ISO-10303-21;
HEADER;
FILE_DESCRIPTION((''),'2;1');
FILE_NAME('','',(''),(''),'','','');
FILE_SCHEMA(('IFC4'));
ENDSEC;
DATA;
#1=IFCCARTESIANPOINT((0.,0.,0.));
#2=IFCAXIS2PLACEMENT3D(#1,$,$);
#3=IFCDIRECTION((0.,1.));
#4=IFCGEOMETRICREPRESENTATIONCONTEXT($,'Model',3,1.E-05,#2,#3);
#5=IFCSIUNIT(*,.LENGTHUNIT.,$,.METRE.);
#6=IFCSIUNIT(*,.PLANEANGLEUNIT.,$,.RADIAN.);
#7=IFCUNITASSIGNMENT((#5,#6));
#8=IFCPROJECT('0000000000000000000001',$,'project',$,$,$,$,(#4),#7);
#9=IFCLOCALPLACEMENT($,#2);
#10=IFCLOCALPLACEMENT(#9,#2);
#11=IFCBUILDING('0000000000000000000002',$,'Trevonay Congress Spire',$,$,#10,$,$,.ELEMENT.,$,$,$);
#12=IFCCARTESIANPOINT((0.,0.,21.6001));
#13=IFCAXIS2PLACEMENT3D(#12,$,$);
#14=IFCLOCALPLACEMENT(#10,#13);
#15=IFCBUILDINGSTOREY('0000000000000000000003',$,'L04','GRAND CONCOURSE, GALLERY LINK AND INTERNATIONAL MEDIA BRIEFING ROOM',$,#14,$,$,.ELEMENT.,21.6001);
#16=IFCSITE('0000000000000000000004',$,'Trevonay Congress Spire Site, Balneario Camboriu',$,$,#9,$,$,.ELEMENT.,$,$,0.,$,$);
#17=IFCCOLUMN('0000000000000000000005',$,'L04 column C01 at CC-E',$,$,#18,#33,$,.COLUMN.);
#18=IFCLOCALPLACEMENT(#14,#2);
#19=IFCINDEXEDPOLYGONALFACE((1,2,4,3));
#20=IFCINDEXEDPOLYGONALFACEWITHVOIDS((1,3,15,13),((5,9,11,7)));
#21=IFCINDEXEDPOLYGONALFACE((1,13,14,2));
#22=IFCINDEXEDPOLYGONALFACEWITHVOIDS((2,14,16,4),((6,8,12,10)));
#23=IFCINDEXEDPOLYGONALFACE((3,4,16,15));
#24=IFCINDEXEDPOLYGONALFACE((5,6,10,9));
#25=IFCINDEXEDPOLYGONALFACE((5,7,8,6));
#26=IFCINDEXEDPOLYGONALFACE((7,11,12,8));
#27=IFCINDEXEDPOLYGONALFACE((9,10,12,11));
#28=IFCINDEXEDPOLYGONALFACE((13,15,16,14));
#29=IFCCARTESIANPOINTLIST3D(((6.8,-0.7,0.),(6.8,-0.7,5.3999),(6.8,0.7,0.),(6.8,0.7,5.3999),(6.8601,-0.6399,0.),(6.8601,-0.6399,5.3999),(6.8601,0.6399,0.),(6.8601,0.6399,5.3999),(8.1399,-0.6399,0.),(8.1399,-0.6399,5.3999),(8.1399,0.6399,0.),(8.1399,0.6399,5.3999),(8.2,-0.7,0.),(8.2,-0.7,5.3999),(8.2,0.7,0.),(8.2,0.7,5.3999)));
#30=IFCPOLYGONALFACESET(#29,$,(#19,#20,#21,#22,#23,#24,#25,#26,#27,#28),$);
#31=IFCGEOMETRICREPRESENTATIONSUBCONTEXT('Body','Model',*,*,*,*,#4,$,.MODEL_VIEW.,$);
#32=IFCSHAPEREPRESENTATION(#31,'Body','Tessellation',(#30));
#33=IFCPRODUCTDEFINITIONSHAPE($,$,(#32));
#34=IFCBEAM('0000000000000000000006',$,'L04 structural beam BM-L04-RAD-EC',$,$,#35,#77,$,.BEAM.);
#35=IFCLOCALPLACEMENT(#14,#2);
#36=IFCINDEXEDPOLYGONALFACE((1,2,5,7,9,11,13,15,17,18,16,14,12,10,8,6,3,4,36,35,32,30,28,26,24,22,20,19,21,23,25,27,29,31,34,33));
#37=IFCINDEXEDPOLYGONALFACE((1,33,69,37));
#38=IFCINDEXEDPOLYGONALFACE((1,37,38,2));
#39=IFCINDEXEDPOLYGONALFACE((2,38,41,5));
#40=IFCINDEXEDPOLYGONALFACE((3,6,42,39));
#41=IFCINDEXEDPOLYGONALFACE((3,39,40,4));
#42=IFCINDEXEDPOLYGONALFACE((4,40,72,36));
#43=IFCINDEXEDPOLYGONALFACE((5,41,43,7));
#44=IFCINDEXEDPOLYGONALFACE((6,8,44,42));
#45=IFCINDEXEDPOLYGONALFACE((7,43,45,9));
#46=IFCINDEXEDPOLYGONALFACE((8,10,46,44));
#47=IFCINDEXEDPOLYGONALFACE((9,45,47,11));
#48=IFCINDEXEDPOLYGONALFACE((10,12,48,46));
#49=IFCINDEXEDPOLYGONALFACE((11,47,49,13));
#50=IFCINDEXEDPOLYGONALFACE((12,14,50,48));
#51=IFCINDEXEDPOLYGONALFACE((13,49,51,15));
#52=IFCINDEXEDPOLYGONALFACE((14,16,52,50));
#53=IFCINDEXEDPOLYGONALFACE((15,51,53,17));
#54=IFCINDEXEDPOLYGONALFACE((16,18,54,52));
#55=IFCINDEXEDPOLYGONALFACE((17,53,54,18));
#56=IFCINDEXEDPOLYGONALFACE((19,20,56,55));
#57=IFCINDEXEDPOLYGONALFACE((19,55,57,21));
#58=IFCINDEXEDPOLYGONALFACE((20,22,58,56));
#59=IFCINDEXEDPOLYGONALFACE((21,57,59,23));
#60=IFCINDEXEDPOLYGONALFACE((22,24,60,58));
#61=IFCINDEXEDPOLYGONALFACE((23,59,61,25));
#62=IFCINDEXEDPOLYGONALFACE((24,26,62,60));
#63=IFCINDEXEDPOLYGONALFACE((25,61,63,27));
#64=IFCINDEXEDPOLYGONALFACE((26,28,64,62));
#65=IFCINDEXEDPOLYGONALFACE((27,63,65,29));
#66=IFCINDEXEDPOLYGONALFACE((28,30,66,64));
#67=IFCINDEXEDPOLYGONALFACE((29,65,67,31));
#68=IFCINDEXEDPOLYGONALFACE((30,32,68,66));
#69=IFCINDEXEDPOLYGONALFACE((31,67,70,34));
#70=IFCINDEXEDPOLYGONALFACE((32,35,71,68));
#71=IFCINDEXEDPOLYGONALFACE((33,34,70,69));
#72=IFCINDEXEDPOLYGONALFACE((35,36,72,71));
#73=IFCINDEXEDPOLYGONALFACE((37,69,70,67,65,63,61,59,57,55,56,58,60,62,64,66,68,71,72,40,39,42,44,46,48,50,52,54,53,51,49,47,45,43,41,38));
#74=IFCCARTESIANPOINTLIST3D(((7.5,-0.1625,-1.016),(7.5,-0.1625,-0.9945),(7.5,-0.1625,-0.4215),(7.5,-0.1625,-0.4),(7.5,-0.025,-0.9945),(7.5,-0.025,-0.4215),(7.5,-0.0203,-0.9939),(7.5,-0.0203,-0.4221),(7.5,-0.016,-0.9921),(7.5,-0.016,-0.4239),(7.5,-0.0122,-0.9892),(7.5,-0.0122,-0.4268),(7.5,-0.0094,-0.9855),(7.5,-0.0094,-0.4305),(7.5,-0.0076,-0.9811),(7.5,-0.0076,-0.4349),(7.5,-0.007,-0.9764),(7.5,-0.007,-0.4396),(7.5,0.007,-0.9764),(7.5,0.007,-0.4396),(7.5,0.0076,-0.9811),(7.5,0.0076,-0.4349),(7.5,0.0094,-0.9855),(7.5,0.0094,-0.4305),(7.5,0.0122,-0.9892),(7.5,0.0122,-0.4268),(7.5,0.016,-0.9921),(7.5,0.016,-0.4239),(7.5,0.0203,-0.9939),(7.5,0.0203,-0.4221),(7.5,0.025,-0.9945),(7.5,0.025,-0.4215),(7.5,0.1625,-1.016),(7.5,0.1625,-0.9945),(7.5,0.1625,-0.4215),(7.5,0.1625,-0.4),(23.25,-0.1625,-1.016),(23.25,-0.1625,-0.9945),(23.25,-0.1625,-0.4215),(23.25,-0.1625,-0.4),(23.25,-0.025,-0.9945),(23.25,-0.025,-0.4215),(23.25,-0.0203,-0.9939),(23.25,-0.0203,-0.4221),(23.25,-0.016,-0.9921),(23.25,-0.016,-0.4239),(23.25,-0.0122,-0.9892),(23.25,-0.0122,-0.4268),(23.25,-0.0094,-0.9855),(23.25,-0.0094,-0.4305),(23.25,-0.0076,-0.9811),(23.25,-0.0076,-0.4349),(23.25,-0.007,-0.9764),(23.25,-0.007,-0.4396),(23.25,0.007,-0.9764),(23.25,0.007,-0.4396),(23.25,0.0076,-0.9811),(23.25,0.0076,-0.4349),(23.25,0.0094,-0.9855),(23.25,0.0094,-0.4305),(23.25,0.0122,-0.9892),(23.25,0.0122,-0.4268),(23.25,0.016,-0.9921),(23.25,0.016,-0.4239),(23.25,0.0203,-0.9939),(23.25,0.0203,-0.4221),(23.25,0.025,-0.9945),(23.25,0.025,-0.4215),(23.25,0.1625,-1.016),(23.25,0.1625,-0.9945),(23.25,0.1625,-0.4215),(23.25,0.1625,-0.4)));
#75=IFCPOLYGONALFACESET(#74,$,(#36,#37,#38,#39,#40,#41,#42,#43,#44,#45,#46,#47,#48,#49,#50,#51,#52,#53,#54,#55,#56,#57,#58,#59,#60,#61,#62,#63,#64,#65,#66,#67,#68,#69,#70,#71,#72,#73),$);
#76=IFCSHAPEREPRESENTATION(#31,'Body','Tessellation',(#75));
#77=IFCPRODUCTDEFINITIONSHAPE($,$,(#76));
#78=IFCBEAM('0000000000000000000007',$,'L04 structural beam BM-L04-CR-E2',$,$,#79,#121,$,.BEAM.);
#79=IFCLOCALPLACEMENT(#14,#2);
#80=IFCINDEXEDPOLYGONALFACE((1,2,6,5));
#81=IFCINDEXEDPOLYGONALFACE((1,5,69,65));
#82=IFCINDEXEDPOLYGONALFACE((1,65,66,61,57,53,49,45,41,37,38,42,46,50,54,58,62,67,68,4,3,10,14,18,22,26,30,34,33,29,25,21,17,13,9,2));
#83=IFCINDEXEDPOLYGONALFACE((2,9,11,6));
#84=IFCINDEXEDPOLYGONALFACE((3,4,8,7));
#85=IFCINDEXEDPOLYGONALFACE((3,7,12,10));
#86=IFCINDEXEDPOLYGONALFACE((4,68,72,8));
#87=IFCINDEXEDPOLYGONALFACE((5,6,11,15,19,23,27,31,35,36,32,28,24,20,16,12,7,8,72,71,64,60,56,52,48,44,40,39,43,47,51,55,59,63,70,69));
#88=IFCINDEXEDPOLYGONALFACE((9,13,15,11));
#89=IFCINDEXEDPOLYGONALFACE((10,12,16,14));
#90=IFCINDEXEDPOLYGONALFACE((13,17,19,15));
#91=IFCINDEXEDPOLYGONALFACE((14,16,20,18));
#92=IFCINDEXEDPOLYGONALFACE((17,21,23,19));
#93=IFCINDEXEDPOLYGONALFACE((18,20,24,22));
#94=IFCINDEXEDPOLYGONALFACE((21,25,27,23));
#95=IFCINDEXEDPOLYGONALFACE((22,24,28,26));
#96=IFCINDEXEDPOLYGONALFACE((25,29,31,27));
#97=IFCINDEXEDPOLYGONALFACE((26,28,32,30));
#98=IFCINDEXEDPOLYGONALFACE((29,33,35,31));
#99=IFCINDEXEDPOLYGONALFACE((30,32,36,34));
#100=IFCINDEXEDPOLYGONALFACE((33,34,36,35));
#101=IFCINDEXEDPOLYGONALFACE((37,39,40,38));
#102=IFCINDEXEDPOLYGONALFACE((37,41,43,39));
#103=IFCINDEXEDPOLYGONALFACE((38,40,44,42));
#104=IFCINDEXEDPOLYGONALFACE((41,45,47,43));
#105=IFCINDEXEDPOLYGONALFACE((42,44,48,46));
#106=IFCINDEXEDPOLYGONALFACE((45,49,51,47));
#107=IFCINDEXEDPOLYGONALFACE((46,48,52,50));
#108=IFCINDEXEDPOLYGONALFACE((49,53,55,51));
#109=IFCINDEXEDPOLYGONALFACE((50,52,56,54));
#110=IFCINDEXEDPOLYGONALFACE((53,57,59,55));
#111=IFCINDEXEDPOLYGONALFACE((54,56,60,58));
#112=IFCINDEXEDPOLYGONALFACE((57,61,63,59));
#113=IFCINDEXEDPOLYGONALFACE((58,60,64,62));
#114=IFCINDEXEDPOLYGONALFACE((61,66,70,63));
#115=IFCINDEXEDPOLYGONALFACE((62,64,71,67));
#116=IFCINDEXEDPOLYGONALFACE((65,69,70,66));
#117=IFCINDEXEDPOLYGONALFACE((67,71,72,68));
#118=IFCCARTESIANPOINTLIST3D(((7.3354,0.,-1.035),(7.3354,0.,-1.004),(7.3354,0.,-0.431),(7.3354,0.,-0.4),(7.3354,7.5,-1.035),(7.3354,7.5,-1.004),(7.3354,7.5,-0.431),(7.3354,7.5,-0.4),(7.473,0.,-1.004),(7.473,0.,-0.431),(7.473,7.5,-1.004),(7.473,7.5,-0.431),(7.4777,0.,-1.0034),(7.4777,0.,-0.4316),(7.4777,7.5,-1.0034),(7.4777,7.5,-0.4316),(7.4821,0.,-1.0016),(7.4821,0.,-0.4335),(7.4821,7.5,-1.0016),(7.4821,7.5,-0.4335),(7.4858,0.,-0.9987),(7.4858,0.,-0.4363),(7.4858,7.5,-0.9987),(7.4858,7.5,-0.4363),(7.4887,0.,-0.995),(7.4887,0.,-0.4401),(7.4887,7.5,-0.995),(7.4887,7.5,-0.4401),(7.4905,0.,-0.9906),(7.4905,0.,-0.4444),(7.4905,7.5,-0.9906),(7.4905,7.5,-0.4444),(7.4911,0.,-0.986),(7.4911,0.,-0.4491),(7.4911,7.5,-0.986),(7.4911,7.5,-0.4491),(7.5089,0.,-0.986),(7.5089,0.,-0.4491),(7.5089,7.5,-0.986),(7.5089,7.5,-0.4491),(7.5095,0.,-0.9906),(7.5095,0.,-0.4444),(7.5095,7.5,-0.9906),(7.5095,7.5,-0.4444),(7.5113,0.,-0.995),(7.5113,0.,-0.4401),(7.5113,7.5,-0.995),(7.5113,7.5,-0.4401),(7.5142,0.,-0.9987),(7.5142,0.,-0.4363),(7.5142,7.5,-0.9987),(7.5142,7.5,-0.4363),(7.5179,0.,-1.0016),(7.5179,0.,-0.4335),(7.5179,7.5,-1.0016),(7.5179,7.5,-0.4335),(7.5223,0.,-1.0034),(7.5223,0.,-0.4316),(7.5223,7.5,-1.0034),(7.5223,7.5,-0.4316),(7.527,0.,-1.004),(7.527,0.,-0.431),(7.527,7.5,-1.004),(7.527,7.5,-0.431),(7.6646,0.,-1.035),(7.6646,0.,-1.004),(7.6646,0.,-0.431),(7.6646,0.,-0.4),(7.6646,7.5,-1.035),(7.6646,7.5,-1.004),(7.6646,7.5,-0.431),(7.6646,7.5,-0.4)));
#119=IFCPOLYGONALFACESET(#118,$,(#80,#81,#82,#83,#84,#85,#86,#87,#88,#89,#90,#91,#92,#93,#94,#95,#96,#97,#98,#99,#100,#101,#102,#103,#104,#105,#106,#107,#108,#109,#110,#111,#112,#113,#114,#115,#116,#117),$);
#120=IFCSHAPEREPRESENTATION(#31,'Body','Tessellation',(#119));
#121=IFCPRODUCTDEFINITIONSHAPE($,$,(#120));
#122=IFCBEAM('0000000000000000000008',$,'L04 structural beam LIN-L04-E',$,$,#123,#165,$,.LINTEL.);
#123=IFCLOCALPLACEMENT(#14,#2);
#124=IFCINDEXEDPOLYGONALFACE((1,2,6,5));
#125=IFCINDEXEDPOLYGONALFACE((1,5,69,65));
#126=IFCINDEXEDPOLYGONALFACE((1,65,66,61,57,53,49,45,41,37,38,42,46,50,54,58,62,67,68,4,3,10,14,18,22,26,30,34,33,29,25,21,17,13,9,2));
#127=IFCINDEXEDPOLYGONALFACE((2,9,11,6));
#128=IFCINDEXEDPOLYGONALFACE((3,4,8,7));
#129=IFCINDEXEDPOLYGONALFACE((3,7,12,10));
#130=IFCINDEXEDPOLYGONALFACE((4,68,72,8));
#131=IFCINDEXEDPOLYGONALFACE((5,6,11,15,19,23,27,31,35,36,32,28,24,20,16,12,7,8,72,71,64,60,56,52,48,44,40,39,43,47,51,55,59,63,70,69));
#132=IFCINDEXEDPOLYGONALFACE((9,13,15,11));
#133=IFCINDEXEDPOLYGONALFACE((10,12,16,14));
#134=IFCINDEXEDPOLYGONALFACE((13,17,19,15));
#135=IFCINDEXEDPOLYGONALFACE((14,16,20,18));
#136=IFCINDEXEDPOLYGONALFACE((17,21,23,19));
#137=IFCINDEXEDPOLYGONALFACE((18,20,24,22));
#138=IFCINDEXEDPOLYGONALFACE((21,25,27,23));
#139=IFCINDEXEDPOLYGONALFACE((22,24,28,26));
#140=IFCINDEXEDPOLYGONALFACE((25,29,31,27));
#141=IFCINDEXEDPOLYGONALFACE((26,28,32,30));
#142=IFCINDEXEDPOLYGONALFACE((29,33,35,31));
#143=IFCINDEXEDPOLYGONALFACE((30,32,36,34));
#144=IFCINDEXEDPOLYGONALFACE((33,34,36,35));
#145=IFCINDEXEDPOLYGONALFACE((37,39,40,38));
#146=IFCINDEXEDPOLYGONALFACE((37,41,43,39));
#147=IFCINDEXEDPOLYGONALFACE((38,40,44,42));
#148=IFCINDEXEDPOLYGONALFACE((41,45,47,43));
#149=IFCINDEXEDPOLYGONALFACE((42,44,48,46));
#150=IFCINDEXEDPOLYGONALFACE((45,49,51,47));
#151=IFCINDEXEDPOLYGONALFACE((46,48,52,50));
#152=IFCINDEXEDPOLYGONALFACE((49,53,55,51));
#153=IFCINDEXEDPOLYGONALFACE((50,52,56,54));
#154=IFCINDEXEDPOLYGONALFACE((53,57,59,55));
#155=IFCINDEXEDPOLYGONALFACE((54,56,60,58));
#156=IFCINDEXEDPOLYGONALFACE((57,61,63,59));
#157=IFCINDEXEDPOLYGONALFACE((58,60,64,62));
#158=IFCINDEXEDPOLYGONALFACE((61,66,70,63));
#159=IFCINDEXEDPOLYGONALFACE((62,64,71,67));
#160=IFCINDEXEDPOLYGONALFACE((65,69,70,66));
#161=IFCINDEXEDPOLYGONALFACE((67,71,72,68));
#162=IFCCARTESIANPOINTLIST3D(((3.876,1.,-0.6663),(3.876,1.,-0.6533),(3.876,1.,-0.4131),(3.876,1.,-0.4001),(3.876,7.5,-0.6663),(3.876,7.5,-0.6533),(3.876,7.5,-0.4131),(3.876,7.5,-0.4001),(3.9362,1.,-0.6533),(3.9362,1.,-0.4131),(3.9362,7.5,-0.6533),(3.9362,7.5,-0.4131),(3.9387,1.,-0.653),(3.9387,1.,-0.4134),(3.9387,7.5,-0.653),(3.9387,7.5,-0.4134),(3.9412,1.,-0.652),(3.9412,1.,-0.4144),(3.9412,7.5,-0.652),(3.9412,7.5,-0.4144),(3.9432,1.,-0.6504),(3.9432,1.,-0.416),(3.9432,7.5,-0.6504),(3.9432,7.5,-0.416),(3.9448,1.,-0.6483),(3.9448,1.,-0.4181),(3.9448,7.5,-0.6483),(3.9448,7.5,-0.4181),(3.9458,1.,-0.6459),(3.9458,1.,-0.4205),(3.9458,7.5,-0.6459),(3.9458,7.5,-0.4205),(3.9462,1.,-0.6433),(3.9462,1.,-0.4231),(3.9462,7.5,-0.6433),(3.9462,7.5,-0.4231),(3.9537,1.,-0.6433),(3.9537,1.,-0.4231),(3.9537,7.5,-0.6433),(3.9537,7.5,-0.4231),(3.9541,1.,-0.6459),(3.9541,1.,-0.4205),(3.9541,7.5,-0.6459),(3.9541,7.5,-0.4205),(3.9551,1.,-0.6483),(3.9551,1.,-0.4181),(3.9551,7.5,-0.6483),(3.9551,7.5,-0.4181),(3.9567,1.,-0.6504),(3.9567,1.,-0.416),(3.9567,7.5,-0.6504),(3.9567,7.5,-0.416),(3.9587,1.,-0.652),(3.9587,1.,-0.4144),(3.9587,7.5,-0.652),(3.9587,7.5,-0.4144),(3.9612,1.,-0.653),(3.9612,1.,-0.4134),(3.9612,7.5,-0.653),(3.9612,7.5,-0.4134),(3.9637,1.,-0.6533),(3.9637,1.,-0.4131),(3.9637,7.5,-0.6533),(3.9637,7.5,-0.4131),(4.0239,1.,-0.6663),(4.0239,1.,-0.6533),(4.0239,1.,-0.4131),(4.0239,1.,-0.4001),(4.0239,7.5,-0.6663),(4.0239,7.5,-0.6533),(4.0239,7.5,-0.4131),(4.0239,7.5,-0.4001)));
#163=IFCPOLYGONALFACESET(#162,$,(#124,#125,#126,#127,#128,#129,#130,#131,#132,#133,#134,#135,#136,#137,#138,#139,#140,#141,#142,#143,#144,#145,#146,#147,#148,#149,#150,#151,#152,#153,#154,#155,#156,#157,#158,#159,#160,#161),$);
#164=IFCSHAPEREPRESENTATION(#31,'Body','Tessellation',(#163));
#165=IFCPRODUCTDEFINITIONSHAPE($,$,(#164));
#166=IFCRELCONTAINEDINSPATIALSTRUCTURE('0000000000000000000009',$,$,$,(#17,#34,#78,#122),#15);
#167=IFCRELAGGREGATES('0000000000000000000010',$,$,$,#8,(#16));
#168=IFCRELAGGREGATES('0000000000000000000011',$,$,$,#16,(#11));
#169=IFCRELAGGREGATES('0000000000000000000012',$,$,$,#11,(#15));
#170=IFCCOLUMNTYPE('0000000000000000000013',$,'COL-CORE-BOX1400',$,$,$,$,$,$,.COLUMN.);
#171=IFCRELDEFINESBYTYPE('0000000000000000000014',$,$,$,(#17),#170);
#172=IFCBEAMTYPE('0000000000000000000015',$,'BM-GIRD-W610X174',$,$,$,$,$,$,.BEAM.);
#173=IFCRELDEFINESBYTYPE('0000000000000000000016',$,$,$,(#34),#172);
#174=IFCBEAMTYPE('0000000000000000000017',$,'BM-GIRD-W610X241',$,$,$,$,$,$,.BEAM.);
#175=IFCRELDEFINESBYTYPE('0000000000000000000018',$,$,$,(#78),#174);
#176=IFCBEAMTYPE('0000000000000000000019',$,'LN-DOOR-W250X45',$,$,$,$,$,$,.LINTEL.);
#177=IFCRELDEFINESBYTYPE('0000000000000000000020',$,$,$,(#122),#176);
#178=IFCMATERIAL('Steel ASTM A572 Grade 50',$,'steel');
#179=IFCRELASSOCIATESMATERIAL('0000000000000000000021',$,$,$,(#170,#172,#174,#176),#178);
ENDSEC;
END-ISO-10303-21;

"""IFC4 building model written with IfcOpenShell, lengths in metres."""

from ifc_helpers import new_model, si_unit, direction, frame, origin, origin_2d, place, context, subcontext, project, spatial, hollow_rectangle, i_section, extrude, material, material_profile, profile_set, type_object, element, save


model = new_model("IFC4")

# Units and contexts
model_context = context("Model", 3, precision=1e-05, world=origin(), true_north=direction((0.0, 1.0)))
body_context = subcontext(model_context, "Body", "Model", "MODEL_VIEW")
ifc_project = project(units=[si_unit("LENGTHUNIT", "METRE"), si_unit("PLANEANGLEUNIT", "RADIAN")], contexts=[model_context])

# Site, building, storey
site_placement = place(None, origin())
site = spatial("IfcSite", under=ifc_project, at=site_placement, Name="Trevonay Congress Spire Site, Balneario Camboriu", CompositionType="ELEMENT", RefElevation=0.0)
building_placement = place(site_placement, origin())
building = spatial("IfcBuilding", under=site, at=building_placement, Name="Trevonay Congress Spire", CompositionType="ELEMENT")
storey_placement = place(building_placement, frame((0.0, 0.0, 21.6001)))
storey = spatial("IfcBuildingStorey", under=building, at=storey_placement, Name="L04", Description="GRAND CONCOURSE, GALLERY LINK AND INTERNATIONAL MEDIA BRIEFING ROOM", CompositionType="ELEMENT", Elevation=21.6001)

# Column
ifc_material_1 = material(Name="Steel ASTM A572 Grade 50", Category="steel")
ifc_material_profile_1 = material_profile(ifc_material_1, hollow_rectangle(XDim=1.3999, YDim=1.3999, WallThickness=0.0601, at=origin_2d()), Name="BOX 1400x1400x60")
ifc_profile_set_1 = profile_set([ifc_material_profile_1], Name="Steel ASTM A572 Grade 50")
column_type = type_object("IfcColumnType", Name="COL-CORE-BOX1400", PredefinedType="COLUMN", material=ifc_profile_set_1)
column_placement = place(storey_placement, frame((7.5, 0.0, 0.0), z_axis=(0.0, 0.0, 1.0), x_axis=(1.0, 0.0, 0.0)))
element("IfcColumn", 1, at=column_placement, inside=storey, type_object=column_type, Name="L04 column C01 at CC-E", PredefinedType="COLUMN", context=body_context, shape_type="SweptSolid", body=[
    extrude(hollow_rectangle(XDim=1.3999, YDim=1.3999, WallThickness=0.0601, at=origin_2d()), origin(), (0.0, 0.0, 1.0), 5.3999),
])

# Beams
ifc_material_profile_2 = material_profile(ifc_material_1, i_section(OverallWidth=0.325, OverallDepth=0.616, WebThickness=0.0139, FlangeThickness=0.0215, FilletRadius=0.0181, at=origin_2d()), Name="W610x174")
ifc_profile_set_2 = profile_set([ifc_material_profile_2], Name="Steel ASTM A572 Grade 50")
beam_type_1 = type_object("IfcBeamType", Name="BM-GIRD-W610X174", PredefinedType="BEAM", material=ifc_profile_set_2)
beam_1_placement = place(storey_placement, frame((7.5, 0.0, -0.708), z_axis=(1.0, 0.0, 0.0), x_axis=(0.0, 1.0, 0.0)))
element("IfcBeam", 2, at=beam_1_placement, inside=storey, type_object=beam_type_1, Name="L04 structural beam BM-L04-RAD-EC", PredefinedType="BEAM", context=body_context, shape_type="SweptSolid", body=[
    extrude(i_section(OverallWidth=0.325, OverallDepth=0.616, WebThickness=0.0139, FlangeThickness=0.0215, FilletRadius=0.0181, at=origin_2d()), origin(), (0.0, 0.0, 1.0), 15.75),
])
ifc_material_profile_3 = material_profile(ifc_material_1, i_section(OverallWidth=0.3291, OverallDepth=0.635, WebThickness=0.0178, FlangeThickness=0.031, FilletRadius=0.0181, at=origin_2d()), Name="W610x241")
ifc_profile_set_3 = profile_set([ifc_material_profile_3], Name="Steel ASTM A572 Grade 50")
beam_type_2 = type_object("IfcBeamType", Name="BM-GIRD-W610X241", PredefinedType="BEAM", material=ifc_profile_set_3)
beam_2_placement = place(storey_placement, frame((7.5, 0.0, -0.7175), z_axis=(0.0, 1.0, 0.0), x_axis=(-1.0, 0.0, 0.0)))
element("IfcBeam", 3, at=beam_2_placement, inside=storey, type_object=beam_type_2, Name="L04 structural beam BM-L04-CR-E2", PredefinedType="BEAM", context=body_context, shape_type="SweptSolid", body=[
    extrude(i_section(OverallWidth=0.3291, OverallDepth=0.635, WebThickness=0.0178, FlangeThickness=0.031, FilletRadius=0.0181, at=origin_2d()), origin(), (0.0, 0.0, 1.0), 7.5),
])
ifc_material_profile_4 = material_profile(ifc_material_1, i_section(OverallWidth=0.1479, OverallDepth=0.2661, WebThickness=0.0076, FlangeThickness=0.0129, FilletRadius=0.01, at=origin_2d()), Name="W250x44.8")
ifc_profile_set_4 = profile_set([ifc_material_profile_4], Name="Steel ASTM A572 Grade 50")
beam_type_3 = type_object("IfcBeamType", Name="LN-DOOR-W250X45", PredefinedType="LINTEL", material=ifc_profile_set_4)
beam_3_placement = place(storey_placement, frame((3.95, 1.0, -0.5332), z_axis=(0.0, 1.0, 0.0), x_axis=(-1.0, 0.0, 0.0)))
element("IfcBeam", 4, at=beam_3_placement, inside=storey, type_object=beam_type_3, Name="L04 structural beam LIN-L04-E", PredefinedType="LINTEL", context=body_context, shape_type="SweptSolid", body=[
    extrude(i_section(OverallWidth=0.1479, OverallDepth=0.2661, WebThickness=0.0076, FlangeThickness=0.0129, FilletRadius=0.01, at=origin_2d()), origin(), (0.0, 0.0, 1.0), 6.5),
])

save(model, "model.ifc")
